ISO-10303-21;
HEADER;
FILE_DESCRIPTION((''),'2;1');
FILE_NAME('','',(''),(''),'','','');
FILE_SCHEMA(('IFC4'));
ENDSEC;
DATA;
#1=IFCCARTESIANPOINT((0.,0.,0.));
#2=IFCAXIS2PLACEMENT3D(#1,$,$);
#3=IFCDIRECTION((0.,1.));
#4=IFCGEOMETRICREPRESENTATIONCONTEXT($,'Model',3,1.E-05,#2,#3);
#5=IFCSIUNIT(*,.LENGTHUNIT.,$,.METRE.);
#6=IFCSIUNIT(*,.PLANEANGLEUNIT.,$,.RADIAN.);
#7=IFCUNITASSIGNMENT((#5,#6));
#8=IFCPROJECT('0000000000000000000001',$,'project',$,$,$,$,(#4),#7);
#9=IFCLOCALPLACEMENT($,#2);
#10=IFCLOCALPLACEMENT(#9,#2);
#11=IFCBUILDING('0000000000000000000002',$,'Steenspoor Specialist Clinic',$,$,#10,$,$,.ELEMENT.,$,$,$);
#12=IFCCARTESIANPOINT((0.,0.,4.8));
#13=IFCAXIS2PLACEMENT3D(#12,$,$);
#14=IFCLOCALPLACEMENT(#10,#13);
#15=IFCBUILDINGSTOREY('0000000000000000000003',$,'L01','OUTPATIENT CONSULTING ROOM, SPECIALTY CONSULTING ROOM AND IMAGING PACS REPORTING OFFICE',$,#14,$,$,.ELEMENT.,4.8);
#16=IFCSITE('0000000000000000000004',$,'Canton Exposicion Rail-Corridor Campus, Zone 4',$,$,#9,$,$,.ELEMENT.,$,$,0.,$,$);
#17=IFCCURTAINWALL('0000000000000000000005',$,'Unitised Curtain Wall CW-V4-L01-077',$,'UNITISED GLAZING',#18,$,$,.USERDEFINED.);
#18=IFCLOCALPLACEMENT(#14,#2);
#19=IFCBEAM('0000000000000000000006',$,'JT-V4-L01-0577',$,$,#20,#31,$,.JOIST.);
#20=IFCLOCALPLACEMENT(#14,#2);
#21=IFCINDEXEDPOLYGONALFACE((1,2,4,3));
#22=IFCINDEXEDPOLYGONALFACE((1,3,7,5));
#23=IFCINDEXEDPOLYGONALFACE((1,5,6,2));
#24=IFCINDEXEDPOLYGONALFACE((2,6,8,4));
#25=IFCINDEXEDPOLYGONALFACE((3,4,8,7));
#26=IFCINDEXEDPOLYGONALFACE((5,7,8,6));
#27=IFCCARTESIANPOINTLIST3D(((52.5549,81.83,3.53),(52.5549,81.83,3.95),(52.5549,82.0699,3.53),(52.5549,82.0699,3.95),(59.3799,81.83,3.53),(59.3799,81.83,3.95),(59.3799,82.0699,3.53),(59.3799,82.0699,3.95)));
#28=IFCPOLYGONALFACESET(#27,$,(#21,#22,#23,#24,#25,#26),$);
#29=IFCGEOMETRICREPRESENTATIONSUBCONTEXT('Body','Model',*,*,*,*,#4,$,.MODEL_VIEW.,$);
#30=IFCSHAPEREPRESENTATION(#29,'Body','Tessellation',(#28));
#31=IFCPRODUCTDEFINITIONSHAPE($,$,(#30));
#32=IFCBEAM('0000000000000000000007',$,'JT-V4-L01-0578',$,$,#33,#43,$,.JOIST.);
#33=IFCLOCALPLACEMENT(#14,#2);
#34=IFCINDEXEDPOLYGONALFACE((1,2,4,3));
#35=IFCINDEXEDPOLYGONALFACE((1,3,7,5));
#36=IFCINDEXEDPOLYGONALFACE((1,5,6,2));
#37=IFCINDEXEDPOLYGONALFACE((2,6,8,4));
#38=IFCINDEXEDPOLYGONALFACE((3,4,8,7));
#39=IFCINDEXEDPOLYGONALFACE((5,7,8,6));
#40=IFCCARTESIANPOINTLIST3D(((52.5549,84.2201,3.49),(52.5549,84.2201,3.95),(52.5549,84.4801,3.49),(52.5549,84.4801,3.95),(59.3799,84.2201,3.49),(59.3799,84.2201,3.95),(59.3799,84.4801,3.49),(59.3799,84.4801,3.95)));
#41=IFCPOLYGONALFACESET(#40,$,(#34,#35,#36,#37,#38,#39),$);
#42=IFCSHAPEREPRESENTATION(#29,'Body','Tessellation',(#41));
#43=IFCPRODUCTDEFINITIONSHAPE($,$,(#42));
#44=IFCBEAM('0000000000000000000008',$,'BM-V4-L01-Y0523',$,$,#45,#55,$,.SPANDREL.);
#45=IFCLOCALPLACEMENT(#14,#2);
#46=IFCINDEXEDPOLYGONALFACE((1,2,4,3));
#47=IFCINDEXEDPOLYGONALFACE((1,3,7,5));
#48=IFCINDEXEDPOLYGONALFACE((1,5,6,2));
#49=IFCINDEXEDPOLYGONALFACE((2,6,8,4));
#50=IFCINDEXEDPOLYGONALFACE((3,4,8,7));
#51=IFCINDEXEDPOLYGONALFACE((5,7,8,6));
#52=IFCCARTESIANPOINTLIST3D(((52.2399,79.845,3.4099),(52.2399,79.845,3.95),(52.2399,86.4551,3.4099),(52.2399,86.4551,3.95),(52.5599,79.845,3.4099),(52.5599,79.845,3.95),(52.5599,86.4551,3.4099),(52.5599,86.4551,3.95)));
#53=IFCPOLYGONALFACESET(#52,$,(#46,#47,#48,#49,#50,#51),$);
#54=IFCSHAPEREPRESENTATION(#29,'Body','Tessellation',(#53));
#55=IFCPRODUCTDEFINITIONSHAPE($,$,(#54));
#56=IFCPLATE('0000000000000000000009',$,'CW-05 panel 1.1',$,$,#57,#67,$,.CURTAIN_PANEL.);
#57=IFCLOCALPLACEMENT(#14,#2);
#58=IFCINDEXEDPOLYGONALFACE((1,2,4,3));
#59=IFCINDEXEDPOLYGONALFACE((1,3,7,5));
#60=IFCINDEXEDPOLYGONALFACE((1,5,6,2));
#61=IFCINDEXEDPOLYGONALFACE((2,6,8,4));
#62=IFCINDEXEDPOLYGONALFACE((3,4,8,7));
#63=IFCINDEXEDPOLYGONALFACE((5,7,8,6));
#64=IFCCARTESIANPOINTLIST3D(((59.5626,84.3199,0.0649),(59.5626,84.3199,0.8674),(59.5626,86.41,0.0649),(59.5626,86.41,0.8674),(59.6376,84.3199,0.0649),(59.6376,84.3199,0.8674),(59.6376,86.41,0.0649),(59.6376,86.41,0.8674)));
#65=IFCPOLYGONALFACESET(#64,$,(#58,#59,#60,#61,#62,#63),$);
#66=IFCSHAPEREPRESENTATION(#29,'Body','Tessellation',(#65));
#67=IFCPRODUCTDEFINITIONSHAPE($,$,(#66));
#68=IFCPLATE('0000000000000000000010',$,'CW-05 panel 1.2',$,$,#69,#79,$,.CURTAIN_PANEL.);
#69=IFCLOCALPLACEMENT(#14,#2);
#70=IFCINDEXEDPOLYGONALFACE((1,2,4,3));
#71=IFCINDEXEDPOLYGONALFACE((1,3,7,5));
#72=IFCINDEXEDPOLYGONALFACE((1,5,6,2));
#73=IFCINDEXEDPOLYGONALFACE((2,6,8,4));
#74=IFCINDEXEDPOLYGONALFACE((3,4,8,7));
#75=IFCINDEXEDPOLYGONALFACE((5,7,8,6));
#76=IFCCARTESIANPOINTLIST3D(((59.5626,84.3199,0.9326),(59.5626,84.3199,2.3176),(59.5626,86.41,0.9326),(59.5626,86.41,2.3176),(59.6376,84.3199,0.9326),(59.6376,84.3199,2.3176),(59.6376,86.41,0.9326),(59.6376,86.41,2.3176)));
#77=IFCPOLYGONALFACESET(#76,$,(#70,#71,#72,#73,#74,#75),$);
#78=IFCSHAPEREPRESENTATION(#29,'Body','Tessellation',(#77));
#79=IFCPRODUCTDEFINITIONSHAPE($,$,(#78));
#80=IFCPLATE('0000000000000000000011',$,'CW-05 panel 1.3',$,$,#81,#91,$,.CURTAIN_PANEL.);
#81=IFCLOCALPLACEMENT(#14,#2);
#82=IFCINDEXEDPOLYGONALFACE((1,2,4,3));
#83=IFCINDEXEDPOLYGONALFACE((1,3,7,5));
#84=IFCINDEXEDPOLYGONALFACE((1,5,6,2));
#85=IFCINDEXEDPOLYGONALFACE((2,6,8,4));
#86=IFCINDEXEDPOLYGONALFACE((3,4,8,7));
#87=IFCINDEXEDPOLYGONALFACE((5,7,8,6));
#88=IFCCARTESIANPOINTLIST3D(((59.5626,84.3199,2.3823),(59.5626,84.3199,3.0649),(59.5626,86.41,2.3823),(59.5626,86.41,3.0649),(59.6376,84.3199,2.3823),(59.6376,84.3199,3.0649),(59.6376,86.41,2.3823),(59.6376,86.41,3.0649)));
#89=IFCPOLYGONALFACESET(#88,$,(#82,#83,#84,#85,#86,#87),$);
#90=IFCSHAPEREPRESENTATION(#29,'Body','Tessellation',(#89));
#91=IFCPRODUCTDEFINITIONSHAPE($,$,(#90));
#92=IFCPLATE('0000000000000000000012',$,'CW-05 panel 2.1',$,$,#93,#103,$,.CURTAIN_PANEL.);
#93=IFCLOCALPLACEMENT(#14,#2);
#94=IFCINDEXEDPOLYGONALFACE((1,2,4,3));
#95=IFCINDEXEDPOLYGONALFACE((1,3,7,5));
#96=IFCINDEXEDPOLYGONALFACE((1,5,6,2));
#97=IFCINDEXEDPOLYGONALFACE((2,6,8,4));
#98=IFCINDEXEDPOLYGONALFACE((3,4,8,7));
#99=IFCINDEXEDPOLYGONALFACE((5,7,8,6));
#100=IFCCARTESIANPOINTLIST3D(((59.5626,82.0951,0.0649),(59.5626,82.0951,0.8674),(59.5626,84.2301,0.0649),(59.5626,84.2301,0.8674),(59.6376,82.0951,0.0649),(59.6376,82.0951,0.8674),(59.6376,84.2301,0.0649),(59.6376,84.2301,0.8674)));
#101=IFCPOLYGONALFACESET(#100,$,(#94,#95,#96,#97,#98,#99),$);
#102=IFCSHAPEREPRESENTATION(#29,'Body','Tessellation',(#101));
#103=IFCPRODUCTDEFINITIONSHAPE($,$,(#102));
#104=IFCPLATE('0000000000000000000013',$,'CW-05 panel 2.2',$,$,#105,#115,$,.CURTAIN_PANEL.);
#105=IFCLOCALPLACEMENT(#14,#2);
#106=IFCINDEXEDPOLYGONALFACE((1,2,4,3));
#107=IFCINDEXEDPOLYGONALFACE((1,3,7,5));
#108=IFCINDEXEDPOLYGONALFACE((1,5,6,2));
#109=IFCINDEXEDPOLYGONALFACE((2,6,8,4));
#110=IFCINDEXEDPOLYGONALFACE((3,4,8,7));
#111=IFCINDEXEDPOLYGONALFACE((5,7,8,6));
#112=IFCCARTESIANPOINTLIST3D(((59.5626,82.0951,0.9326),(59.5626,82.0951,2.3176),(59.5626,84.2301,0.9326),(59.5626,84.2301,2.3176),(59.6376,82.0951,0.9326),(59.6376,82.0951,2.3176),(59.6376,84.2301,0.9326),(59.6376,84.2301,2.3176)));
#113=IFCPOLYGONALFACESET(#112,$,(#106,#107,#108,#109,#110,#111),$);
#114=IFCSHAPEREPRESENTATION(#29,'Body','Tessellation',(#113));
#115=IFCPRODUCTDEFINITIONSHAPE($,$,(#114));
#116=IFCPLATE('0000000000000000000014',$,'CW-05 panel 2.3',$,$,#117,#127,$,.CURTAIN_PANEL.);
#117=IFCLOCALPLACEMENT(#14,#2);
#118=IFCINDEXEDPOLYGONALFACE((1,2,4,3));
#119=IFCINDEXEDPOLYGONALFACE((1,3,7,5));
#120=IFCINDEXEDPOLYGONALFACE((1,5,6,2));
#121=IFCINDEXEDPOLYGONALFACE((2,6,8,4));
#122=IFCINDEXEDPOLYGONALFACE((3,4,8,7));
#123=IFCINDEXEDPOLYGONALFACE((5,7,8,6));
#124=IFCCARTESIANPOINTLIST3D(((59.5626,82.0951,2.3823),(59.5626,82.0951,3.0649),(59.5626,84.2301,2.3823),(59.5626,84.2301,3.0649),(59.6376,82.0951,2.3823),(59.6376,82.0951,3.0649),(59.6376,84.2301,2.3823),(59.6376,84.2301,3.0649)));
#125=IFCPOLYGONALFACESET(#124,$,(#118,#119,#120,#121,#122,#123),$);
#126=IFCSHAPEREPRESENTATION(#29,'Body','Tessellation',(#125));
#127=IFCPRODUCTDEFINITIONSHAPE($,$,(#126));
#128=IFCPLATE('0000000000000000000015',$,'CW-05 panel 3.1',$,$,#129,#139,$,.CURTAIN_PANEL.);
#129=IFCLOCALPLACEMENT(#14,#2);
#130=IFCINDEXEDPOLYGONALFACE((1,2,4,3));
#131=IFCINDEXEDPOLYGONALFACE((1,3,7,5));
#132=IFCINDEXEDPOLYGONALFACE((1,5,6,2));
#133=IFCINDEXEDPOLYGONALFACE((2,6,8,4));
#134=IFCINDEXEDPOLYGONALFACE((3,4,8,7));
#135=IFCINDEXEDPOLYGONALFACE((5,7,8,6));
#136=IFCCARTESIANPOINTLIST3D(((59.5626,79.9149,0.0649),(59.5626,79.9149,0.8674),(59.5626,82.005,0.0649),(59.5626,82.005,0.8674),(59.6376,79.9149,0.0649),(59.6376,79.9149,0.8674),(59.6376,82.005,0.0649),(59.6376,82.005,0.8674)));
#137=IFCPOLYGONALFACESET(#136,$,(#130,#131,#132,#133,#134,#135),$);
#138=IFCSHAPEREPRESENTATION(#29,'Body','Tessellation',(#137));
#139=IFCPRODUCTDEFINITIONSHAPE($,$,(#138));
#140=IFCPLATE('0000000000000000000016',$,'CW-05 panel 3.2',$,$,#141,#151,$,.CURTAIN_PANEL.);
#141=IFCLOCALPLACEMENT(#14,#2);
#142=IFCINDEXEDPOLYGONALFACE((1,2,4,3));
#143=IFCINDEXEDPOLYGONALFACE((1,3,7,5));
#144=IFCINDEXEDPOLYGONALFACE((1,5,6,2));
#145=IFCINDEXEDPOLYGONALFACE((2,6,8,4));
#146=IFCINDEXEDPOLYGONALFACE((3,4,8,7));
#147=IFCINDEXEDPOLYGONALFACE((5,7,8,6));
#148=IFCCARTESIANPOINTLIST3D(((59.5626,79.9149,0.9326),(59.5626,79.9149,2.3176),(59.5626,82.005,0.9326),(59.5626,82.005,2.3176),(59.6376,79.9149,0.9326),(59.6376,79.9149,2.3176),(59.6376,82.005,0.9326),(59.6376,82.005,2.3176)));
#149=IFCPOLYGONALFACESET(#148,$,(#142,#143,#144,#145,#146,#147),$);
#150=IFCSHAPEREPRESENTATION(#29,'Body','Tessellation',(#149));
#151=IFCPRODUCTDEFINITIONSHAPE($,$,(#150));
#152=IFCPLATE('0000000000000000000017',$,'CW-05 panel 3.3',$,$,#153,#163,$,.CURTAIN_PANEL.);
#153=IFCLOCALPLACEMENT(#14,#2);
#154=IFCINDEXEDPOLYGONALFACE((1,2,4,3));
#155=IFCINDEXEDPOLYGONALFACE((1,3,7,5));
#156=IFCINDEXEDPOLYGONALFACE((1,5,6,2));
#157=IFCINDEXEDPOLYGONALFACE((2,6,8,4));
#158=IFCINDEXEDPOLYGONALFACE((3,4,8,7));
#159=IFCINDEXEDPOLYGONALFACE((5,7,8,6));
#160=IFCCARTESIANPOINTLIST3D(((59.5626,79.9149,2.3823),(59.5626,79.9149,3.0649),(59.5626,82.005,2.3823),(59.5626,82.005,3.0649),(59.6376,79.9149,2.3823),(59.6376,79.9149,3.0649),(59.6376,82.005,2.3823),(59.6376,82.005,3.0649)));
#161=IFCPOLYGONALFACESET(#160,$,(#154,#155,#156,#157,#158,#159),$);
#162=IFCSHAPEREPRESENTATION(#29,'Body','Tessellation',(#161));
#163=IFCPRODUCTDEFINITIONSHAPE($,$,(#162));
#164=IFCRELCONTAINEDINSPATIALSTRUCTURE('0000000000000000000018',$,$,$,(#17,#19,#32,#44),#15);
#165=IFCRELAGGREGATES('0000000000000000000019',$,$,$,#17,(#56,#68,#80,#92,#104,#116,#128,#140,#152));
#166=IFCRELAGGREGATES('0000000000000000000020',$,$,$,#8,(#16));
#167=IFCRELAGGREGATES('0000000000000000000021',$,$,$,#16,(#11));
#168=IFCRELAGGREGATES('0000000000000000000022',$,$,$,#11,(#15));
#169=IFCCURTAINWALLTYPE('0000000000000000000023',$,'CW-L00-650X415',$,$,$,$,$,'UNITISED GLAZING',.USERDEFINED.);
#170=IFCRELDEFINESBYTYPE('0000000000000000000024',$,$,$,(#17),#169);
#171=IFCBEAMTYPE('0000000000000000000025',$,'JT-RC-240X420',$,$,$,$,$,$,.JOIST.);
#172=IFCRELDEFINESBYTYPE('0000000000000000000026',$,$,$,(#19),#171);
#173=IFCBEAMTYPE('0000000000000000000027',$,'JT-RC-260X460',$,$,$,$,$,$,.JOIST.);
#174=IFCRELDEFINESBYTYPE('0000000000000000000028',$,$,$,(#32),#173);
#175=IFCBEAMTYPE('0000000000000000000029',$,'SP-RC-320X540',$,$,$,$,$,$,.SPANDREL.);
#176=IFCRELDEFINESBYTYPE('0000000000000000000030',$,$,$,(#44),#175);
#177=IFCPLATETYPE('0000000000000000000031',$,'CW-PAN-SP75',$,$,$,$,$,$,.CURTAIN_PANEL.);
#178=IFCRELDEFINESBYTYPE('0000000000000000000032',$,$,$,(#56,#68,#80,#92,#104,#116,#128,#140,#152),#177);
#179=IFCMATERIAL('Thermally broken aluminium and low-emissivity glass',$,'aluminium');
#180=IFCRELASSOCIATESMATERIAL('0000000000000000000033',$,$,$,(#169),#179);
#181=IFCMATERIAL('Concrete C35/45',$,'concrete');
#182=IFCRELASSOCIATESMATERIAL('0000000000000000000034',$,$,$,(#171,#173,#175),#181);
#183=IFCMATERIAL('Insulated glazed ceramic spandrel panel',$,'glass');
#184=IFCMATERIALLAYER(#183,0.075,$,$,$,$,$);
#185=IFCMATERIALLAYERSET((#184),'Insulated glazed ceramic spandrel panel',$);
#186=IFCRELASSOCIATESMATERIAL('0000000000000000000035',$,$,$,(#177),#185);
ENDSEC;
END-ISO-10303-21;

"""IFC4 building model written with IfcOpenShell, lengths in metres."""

from ifc_helpers import new_model, si_unit, direction, frame, origin, origin_2d, place, context, subcontext, project, spatial, rectangle, extrude, material, layer, layer_set, material_profile, profile_set, type_object, element, aggregate, save


model = new_model("IFC4")

# Units and contexts
model_context = context("Model", 3, precision=1e-05, world=origin(), true_north=direction((0.0, 1.0)))
body_context = subcontext(model_context, "Body", "Model", "MODEL_VIEW")
ifc_project = project(units=[si_unit("LENGTHUNIT", "METRE"), si_unit("PLANEANGLEUNIT", "RADIAN")], contexts=[model_context])

# Site, building, storey
site_placement = place(None, origin())
site = spatial("IfcSite", under=ifc_project, at=site_placement, Name="Canton Exposicion Rail-Corridor Campus, Zone 4", CompositionType="ELEMENT", RefElevation=0.0)
building_placement = place(site_placement, origin())
building = spatial("IfcBuilding", under=site, at=building_placement, Name="Steenspoor Specialist Clinic", CompositionType="ELEMENT")
storey_placement = place(building_placement, frame((0.0, 0.0, 4.8)))
storey = spatial("IfcBuildingStorey", under=building, at=storey_placement, Name="L01", Description="OUTPATIENT CONSULTING ROOM, SPECIALTY CONSULTING ROOM AND IMAGING PACS REPORTING OFFICE", CompositionType="ELEMENT", Elevation=4.8)

# Shared definitions
ifc_material_1 = material(Name="Concrete C35/45", Category="concrete")

# Curtain wall
ifc_material_2 = material(Name="Thermally broken aluminium and low-emissivity glass", Category="aluminium")
curtain_wall_type = type_object("IfcCurtainWallType", Name="CW-L00-650X415", ElementType="UNITISED GLAZING", PredefinedType="USERDEFINED", material=ifc_material_2)
curtain_wall_placement = place(storey_placement, origin())
curtain_wall = element("IfcCurtainWall", 1, at=curtain_wall_placement, inside=storey, type_object=curtain_wall_type, Name="Unitised Curtain Wall CW-V4-L01-077", ObjectType="UNITISED GLAZING", PredefinedType="USERDEFINED")

# Beams
ifc_material_profile_1 = material_profile(ifc_material_1, rectangle(XDim=0.24, YDim=0.4199, at=origin_2d()), Name="RC-JT-240X420")
ifc_profile_set_1 = profile_set([ifc_material_profile_1], Name="Concrete C35/45")
beam_type_1 = type_object("IfcBeamType", Name="JT-RC-240X420", PredefinedType="JOIST", material=ifc_profile_set_1)
beam_1_placement = place(storey_placement, frame((52.5549, 81.95, 3.74), z_axis=(1.0, 0.0, 0.0), x_axis=(0.0, 1.0, 0.0)))
element("IfcBeam", 2, at=beam_1_placement, inside=storey, type_object=beam_type_1, Name="JT-V4-L01-0577", PredefinedType="JOIST", context=body_context, shape_type="SweptSolid", body=[
    extrude(rectangle(XDim=0.24, YDim=0.4199, at=origin_2d()), origin(), (0.0, 0.0, 1.0), 6.825),
])
ifc_material_profile_2 = material_profile(ifc_material_1, rectangle(XDim=0.26, YDim=0.46, at=origin_2d()), Name="RC-JT-260X460")
ifc_profile_set_2 = profile_set([ifc_material_profile_2], Name="Concrete C35/45")
beam_type_2 = type_object("IfcBeamType", Name="JT-RC-260X460", PredefinedType="JOIST", material=ifc_profile_set_2)
beam_2_placement = place(storey_placement, frame((52.5549, 84.3501, 3.72), z_axis=(1.0, 0.0, 0.0), x_axis=(0.0, 1.0, 0.0)))
element("IfcBeam", 3, at=beam_2_placement, inside=storey, type_object=beam_type_2, Name="JT-V4-L01-0578", PredefinedType="JOIST", context=body_context, shape_type="SweptSolid", body=[
    extrude(rectangle(XDim=0.26, YDim=0.46, at=origin_2d()), origin(), (0.0, 0.0, 1.0), 6.825),
])
ifc_material_profile_3 = material_profile(ifc_material_1, rectangle(XDim=0.3201, YDim=0.54, at=origin_2d()), Name="RC-SP-320X540")
ifc_profile_set_3 = profile_set([ifc_material_profile_3], Name="Concrete C35/45")
beam_type_3 = type_object("IfcBeamType", Name="SP-RC-320X540", PredefinedType="SPANDREL", material=ifc_profile_set_3)
beam_3_placement = place(storey_placement, frame((52.3999, 79.845, 3.6799), z_axis=(0.0, 1.0, 0.0), x_axis=(-1.0, 0.0, 0.0)))
element("IfcBeam", 4, at=beam_3_placement, inside=storey, type_object=beam_type_3, Name="BM-V4-L01-Y0523", PredefinedType="SPANDREL", context=body_context, shape_type="SweptSolid", body=[
    extrude(rectangle(XDim=0.3201, YDim=0.54, at=origin_2d()), origin(), (0.0, 0.0, 1.0), 6.6101),
])

# Plates
ifc_material_3 = material(Name="Insulated glazed ceramic spandrel panel", Category="glass")
ifc_layer_1 = layer(ifc_material_3, 0.075)
ifc_layer_set_1 = layer_set([ifc_layer_1], Name="Insulated glazed ceramic spandrel panel")
plate_type = type_object("IfcPlateType", Name="CW-PAN-SP75", PredefinedType="CURTAIN_PANEL", material=ifc_layer_set_1)
plate_1_placement = place(storey_placement, frame((59.6001, 85.365, 0.0649), z_axis=(0.0, 0.0, 1.0), x_axis=(0.0, -1.0, 0.0)))
plate_1 = element("IfcPlate", 5, at=plate_1_placement, type_object=plate_type, Name="CW-05 panel 1.1", PredefinedType="CURTAIN_PANEL", context=body_context, shape_type="SweptSolid", body=[
    extrude(rectangle(XDim=2.0901, YDim=0.075, at=origin_2d()), origin(), (0.0, 0.0, 1.0), 0.8025),
])
plate_2_placement = place(storey_placement, frame((59.6001, 85.365, 0.9326), z_axis=(0.0, 0.0, 1.0), x_axis=(0.0, -1.0, 0.0)))
plate_2 = element("IfcPlate", 6, at=plate_2_placement, type_object=plate_type, Name="CW-05 panel 1.2", PredefinedType="CURTAIN_PANEL", context=body_context, shape_type="SweptSolid", body=[
    extrude(rectangle(XDim=2.0901, YDim=0.075, at=origin_2d()), origin(), (0.0, 0.0, 1.0), 1.385),
])
plate_3_placement = place(storey_placement, frame((59.6001, 85.365, 2.3823), z_axis=(0.0, 0.0, 1.0), x_axis=(0.0, -1.0, 0.0)))
plate_3 = element("IfcPlate", 7, at=plate_3_placement, type_object=plate_type, Name="CW-05 panel 1.3", PredefinedType="CURTAIN_PANEL", context=body_context, shape_type="SweptSolid", body=[
    extrude(rectangle(XDim=2.0901, YDim=0.075, at=origin_2d()), origin(), (0.0, 0.0, 1.0), 0.6826),
])
plate_4_placement = place(storey_placement, frame((59.6001, 83.1626, 0.0649), z_axis=(0.0, 0.0, 1.0), x_axis=(0.0, -1.0, 0.0)))
plate_4 = element("IfcPlate", 8, at=plate_4_placement, type_object=plate_type, Name="CW-05 panel 2.1", PredefinedType="CURTAIN_PANEL", context=body_context, shape_type="SweptSolid", body=[
    extrude(rectangle(XDim=2.135, YDim=0.075, at=origin_2d()), origin(), (0.0, 0.0, 1.0), 0.8025),
])
plate_5_placement = place(storey_placement, frame((59.6001, 83.1626, 0.9326), z_axis=(0.0, 0.0, 1.0), x_axis=(0.0, -1.0, 0.0)))
plate_5 = element("IfcPlate", 9, at=plate_5_placement, type_object=plate_type, Name="CW-05 panel 2.2", PredefinedType="CURTAIN_PANEL", context=body_context, shape_type="SweptSolid", body=[
    extrude(rectangle(XDim=2.135, YDim=0.075, at=origin_2d()), origin(), (0.0, 0.0, 1.0), 1.385),
])
plate_6_placement = place(storey_placement, frame((59.6001, 83.1626, 2.3823), z_axis=(0.0, 0.0, 1.0), x_axis=(0.0, -1.0, 0.0)))
plate_6 = element("IfcPlate", 10, at=plate_6_placement, type_object=plate_type, Name="CW-05 panel 2.3", PredefinedType="CURTAIN_PANEL", context=body_context, shape_type="SweptSolid", body=[
    extrude(rectangle(XDim=2.135, YDim=0.075, at=origin_2d()), origin(), (0.0, 0.0, 1.0), 0.6826),
])
plate_7_placement = place(storey_placement, frame((59.6001, 80.96, 0.0649), z_axis=(0.0, 0.0, 1.0), x_axis=(0.0, -1.0, 0.0)))
plate_7 = element("IfcPlate", 11, at=plate_7_placement, type_object=plate_type, Name="CW-05 panel 3.1", PredefinedType="CURTAIN_PANEL", context=body_context, shape_type="SweptSolid", body=[
    extrude(rectangle(XDim=2.0901, YDim=0.075, at=origin_2d()), origin(), (0.0, 0.0, 1.0), 0.8025),
])
plate_8_placement = place(storey_placement, frame((59.6001, 80.96, 0.9326), z_axis=(0.0, 0.0, 1.0), x_axis=(0.0, -1.0, 0.0)))
plate_8 = element("IfcPlate", 12, at=plate_8_placement, type_object=plate_type, Name="CW-05 panel 3.2", PredefinedType="CURTAIN_PANEL", context=body_context, shape_type="SweptSolid", body=[
    extrude(rectangle(XDim=2.0901, YDim=0.075, at=origin_2d()), origin(), (0.0, 0.0, 1.0), 1.385),
])
plate_9_placement = place(storey_placement, frame((59.6001, 80.96, 2.3823), z_axis=(0.0, 0.0, 1.0), x_axis=(0.0, -1.0, 0.0)))
plate_9 = element("IfcPlate", 13, at=plate_9_placement, type_object=plate_type, Name="CW-05 panel 3.3", PredefinedType="CURTAIN_PANEL", context=body_context, shape_type="SweptSolid", body=[
    extrude(rectangle(XDim=2.0901, YDim=0.075, at=origin_2d()), origin(), (0.0, 0.0, 1.0), 0.6826),
])
aggregate(curtain_wall, [plate_1, plate_2, plate_3, plate_4, plate_5, plate_6, plate_7, plate_8, plate_9])

save(model, "model.ifc")
